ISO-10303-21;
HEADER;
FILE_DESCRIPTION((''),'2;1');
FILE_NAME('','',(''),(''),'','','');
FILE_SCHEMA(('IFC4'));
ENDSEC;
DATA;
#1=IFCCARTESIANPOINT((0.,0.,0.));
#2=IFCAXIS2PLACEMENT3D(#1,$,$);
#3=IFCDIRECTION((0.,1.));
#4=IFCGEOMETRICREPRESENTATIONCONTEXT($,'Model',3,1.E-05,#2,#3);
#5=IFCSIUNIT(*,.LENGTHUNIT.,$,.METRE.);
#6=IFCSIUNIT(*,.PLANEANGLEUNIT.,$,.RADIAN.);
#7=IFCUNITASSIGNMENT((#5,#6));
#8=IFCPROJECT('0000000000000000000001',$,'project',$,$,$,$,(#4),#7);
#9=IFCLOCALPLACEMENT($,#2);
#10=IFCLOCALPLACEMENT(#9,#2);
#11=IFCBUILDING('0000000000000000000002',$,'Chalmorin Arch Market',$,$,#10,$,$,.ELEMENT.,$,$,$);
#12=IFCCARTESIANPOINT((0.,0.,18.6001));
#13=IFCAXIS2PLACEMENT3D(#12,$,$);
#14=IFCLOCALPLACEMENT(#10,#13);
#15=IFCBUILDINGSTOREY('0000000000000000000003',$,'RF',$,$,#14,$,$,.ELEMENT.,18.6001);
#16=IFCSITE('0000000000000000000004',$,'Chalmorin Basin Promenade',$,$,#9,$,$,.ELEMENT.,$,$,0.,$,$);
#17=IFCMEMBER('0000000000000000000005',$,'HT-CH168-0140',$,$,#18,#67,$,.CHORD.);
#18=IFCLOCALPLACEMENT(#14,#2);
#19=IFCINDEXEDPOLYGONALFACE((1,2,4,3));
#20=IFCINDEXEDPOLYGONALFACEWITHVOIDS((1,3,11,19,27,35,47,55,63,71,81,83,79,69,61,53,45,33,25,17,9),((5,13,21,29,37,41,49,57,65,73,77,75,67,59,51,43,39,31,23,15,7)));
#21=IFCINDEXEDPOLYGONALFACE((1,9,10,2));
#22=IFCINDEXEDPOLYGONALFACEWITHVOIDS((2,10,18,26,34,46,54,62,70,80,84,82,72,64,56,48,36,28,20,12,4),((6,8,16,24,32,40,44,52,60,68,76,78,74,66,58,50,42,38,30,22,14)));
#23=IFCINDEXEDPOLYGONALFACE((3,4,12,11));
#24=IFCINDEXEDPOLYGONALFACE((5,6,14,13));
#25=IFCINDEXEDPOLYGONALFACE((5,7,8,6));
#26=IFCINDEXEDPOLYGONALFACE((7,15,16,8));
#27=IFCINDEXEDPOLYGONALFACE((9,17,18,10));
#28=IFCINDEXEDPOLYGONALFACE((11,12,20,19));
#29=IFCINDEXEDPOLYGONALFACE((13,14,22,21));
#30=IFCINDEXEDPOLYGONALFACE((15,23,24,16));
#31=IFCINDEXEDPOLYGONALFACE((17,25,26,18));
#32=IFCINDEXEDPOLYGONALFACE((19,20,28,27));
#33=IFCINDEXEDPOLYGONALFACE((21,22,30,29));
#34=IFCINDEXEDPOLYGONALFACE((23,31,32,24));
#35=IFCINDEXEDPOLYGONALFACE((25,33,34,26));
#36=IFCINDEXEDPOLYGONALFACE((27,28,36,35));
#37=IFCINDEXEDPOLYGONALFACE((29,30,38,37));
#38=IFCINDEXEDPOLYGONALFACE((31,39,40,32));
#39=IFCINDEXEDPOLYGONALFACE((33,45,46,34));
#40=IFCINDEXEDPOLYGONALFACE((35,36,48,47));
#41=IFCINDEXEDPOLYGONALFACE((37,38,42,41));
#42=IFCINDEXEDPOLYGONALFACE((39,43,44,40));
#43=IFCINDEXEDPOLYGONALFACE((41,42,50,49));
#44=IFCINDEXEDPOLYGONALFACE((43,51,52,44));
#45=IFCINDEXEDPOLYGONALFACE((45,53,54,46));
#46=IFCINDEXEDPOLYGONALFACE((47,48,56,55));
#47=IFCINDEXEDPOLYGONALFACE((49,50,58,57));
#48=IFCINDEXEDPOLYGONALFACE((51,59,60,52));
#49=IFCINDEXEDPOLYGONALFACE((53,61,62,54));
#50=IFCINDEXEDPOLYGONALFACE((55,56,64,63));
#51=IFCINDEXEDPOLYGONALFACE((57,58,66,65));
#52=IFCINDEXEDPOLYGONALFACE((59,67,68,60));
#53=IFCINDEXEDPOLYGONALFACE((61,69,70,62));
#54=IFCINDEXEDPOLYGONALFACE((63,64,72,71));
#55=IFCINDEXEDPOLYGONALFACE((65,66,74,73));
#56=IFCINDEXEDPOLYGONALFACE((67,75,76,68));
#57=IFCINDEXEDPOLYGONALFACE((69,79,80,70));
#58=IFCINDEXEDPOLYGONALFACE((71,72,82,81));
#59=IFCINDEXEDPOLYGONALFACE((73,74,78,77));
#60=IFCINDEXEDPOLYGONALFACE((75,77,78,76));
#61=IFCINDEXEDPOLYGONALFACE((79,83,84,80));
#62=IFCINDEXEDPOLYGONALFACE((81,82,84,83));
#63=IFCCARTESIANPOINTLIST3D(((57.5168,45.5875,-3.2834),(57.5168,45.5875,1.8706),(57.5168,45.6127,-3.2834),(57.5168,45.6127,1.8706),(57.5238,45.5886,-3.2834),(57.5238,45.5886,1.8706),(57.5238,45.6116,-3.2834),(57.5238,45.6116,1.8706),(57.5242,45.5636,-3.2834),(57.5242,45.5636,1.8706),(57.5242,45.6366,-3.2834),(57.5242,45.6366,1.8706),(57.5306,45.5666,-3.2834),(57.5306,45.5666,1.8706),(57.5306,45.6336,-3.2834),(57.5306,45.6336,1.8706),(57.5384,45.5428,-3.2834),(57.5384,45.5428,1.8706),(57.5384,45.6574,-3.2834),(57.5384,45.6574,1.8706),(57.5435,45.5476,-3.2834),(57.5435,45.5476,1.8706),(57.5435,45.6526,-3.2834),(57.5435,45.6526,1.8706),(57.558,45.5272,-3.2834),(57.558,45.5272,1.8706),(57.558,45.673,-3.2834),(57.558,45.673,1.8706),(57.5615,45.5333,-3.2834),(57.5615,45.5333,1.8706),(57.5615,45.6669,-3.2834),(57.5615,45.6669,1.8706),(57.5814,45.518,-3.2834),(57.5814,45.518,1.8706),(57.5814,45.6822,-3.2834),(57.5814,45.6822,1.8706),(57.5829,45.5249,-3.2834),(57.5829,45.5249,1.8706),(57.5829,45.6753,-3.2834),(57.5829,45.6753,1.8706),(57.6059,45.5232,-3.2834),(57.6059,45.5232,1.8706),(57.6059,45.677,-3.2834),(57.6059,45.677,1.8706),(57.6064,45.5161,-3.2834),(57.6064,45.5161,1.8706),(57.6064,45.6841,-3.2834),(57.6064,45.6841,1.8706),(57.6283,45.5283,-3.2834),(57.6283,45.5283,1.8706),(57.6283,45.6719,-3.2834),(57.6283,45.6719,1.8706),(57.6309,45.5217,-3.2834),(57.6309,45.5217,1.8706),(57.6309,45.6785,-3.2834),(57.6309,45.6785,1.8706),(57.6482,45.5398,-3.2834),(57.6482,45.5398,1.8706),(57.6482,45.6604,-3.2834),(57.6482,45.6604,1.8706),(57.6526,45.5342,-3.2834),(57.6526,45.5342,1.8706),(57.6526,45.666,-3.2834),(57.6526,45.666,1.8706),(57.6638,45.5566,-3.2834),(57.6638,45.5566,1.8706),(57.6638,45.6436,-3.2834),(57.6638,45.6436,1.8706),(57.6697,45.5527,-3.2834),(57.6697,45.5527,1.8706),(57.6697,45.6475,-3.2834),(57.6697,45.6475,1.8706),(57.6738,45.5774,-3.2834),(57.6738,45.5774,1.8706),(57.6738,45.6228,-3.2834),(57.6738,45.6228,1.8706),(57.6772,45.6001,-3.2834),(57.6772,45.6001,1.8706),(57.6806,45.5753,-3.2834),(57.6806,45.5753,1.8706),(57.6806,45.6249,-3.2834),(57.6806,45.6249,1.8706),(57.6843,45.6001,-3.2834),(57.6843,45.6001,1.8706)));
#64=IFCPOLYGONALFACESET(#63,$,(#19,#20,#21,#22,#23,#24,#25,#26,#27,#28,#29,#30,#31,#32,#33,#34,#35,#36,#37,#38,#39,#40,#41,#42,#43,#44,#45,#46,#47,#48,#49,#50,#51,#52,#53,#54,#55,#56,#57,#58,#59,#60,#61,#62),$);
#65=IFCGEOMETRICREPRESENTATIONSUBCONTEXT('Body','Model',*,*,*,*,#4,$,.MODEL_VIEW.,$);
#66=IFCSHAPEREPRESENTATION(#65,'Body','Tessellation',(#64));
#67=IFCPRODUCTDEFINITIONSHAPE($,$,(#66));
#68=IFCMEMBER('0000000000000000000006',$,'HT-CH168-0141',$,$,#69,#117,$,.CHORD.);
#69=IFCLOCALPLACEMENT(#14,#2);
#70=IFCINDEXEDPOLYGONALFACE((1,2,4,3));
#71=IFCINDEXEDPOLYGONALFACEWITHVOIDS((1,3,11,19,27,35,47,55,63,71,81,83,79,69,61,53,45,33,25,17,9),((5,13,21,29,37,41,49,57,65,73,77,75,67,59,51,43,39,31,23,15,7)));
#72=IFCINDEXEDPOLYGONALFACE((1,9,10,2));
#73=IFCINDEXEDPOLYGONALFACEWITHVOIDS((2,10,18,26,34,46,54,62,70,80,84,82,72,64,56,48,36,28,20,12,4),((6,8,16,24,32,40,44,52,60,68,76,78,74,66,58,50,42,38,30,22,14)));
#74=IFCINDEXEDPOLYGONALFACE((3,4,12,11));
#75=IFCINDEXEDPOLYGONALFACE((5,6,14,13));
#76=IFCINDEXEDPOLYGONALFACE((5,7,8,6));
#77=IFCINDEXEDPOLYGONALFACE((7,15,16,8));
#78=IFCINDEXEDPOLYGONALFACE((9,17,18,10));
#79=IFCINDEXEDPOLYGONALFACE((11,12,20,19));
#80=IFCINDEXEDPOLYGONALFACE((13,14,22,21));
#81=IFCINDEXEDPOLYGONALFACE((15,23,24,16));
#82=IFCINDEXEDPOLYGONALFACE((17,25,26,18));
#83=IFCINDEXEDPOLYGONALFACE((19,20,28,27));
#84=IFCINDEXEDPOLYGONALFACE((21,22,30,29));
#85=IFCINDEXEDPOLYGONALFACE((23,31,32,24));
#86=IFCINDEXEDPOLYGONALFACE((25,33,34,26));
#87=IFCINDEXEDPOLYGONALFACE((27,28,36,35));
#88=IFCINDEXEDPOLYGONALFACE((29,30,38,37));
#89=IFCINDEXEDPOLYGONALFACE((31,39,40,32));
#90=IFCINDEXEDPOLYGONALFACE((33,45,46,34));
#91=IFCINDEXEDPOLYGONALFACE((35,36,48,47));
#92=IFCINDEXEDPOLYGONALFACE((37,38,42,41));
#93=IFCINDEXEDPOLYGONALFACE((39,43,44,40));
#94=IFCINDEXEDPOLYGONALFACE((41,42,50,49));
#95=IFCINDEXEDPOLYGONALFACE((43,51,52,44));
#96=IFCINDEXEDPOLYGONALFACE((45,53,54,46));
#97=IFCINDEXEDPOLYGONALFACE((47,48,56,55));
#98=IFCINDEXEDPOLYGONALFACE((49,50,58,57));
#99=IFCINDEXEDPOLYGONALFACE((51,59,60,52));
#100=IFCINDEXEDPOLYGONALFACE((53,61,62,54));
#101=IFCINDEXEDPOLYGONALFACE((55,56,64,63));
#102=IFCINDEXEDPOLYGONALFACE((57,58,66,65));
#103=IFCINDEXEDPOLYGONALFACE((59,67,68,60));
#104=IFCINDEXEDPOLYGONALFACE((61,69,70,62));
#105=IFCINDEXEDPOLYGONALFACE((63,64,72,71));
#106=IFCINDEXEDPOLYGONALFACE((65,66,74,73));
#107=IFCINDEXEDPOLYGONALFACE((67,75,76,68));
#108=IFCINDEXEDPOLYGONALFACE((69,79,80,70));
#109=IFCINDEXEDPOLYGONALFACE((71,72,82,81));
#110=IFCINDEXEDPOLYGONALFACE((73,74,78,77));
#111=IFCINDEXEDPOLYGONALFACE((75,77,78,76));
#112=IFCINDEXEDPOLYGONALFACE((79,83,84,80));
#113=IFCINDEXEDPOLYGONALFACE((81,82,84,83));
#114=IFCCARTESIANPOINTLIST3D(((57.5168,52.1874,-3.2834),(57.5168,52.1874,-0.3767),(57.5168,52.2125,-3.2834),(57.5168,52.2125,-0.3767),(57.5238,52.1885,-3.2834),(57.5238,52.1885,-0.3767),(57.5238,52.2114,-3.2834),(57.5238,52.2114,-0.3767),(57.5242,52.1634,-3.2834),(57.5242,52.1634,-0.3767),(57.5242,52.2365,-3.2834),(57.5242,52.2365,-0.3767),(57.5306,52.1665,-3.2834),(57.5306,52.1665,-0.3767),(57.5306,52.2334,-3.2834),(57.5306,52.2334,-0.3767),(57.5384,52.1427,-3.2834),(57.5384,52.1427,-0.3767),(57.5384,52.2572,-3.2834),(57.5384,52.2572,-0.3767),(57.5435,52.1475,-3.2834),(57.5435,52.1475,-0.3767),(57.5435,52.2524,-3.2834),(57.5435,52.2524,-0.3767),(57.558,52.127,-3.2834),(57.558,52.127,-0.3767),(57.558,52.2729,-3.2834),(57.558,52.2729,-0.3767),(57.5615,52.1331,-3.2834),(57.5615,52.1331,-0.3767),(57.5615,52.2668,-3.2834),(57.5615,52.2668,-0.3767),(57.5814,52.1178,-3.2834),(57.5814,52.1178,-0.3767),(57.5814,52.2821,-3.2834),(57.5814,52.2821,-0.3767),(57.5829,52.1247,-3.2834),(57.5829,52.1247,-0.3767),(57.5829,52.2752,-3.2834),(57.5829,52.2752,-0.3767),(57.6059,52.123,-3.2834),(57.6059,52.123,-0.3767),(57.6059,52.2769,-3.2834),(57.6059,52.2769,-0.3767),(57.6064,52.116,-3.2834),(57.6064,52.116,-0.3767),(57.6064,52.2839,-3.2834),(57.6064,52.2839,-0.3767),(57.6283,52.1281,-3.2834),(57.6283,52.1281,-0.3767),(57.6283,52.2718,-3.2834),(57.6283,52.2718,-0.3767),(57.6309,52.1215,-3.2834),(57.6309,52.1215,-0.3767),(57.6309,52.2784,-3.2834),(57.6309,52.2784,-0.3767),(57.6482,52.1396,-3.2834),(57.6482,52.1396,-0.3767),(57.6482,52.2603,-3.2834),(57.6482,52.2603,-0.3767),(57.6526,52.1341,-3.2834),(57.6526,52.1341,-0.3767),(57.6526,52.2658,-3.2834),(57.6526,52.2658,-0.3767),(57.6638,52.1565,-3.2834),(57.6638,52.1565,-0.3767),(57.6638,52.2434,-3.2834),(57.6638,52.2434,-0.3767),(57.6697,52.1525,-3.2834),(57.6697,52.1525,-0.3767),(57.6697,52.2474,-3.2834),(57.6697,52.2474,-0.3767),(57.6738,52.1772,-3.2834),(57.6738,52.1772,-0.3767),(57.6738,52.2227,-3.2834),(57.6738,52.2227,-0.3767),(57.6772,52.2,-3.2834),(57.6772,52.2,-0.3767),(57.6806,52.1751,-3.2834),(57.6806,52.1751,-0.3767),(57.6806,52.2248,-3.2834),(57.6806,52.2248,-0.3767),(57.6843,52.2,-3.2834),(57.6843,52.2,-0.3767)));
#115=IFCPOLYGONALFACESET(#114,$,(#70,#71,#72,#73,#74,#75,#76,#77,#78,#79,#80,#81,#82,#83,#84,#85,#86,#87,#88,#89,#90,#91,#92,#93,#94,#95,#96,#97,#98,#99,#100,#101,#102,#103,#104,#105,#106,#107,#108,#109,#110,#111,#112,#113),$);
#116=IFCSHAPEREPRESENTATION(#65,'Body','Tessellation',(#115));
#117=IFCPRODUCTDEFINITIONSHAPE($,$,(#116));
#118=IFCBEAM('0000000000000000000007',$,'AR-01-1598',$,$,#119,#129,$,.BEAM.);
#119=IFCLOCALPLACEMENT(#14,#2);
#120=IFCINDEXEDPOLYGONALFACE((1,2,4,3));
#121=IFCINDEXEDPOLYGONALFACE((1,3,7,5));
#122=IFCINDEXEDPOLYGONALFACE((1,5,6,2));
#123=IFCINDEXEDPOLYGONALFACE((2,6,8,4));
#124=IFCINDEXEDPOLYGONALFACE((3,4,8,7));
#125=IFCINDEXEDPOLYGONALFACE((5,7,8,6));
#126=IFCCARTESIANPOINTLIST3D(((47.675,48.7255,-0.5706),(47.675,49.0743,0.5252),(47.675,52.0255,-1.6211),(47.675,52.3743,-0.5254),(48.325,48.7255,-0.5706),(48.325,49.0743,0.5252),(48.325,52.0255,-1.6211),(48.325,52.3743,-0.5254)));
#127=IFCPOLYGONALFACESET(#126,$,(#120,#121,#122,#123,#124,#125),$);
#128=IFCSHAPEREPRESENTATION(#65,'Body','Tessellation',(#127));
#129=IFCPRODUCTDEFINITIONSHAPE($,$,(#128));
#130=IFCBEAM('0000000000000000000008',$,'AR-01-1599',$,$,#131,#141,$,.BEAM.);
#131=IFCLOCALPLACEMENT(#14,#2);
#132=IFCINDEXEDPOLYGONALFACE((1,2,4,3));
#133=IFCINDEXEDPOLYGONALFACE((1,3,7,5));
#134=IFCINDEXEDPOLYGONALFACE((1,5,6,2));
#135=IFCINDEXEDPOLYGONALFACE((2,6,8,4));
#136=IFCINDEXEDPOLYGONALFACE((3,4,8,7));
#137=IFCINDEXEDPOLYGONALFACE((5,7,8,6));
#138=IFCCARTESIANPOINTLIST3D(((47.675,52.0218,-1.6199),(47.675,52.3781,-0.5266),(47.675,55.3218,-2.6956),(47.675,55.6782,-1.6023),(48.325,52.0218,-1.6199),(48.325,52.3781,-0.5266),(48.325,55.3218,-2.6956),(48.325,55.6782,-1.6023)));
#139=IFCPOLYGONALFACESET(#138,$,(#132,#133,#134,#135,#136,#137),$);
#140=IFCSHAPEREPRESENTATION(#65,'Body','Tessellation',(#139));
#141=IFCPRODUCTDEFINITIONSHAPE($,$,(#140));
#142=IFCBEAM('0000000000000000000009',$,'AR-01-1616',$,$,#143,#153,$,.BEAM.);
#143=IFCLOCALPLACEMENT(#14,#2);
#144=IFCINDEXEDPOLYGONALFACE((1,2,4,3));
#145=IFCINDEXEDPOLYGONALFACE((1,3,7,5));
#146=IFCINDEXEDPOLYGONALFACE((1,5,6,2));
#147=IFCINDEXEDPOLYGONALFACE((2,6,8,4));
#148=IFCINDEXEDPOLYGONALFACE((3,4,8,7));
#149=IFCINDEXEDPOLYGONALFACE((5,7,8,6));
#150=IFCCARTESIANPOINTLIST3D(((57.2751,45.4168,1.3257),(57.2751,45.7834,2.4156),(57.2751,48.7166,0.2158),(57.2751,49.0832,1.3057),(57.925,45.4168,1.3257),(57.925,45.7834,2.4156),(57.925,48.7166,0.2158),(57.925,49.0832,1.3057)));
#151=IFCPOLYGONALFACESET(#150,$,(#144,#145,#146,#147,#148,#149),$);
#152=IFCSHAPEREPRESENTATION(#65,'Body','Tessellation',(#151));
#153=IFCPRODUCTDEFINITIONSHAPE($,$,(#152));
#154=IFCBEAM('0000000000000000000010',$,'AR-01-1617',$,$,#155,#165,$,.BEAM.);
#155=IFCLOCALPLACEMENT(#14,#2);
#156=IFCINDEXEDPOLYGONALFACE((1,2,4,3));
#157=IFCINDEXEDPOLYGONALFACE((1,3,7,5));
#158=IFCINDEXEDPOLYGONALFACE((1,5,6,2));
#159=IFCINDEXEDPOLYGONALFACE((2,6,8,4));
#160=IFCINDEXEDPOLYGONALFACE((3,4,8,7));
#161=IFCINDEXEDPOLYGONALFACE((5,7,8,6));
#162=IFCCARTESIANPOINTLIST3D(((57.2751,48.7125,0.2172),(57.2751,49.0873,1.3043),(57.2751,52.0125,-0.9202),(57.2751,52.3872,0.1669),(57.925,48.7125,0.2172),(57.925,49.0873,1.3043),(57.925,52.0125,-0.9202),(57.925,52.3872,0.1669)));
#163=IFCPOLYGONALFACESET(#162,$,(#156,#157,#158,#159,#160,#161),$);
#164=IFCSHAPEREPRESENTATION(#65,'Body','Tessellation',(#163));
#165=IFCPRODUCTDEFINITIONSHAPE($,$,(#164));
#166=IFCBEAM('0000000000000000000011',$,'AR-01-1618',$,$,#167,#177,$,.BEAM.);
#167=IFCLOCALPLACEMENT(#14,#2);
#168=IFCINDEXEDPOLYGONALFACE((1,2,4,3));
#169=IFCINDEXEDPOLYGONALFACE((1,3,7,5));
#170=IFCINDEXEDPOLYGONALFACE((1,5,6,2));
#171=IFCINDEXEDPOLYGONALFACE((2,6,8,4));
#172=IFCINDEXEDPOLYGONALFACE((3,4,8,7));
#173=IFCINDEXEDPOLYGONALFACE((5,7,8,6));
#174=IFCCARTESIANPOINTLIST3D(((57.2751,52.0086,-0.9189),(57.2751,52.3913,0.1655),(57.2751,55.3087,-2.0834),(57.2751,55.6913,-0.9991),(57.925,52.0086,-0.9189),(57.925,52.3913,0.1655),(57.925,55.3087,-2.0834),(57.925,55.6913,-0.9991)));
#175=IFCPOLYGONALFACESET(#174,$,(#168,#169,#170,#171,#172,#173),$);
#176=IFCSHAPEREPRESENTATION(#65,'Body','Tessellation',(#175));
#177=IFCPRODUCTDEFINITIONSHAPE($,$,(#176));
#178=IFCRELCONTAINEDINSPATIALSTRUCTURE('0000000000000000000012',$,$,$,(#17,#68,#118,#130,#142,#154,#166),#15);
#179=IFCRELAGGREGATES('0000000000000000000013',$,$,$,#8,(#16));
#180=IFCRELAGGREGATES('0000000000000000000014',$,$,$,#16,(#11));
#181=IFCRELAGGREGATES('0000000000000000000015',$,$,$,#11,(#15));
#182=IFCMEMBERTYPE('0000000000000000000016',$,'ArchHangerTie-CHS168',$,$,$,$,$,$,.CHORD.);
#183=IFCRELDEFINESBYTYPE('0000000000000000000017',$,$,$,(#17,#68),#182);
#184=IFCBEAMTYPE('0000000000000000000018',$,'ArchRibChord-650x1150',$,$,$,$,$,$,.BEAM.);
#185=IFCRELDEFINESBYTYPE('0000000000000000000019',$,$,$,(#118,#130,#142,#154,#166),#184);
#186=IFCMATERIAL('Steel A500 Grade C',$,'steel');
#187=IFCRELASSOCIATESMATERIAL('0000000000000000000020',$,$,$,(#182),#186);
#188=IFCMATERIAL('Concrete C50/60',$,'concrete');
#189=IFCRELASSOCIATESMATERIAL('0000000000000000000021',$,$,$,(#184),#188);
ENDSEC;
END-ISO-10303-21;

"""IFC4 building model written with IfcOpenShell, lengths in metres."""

from ifc_helpers import new_model, si_unit, direction, frame, origin, origin_2d, place, context, subcontext, project, spatial, rectangle, hollow_circle, extrude, material, material_profile, profile_set, type_object, element, save


model = new_model("IFC4")

# Units and contexts
model_context = context("Model", 3, precision=1e-05, world=origin(), true_north=direction((0.0, 1.0)))
body_context = subcontext(model_context, "Body", "Model", "MODEL_VIEW")
ifc_project = project(units=[si_unit("LENGTHUNIT", "METRE"), si_unit("PLANEANGLEUNIT", "RADIAN")], contexts=[model_context])

# Site, building, storey
site_placement = place(None, origin())
site = spatial("IfcSite", under=ifc_project, at=site_placement, Name="Chalmorin Basin Promenade", CompositionType="ELEMENT", RefElevation=0.0)
building_placement = place(site_placement, origin())
building = spatial("IfcBuilding", under=site, at=building_placement, Name="Chalmorin Arch Market", CompositionType="ELEMENT")
storey_placement = place(building_placement, frame((0.0, 0.0, 18.6001)))
storey = spatial("IfcBuildingStorey", under=building, at=storey_placement, Name="RF", CompositionType="ELEMENT", Elevation=18.6001)

# Members
ifc_material_1 = material(Name="Steel A500 Grade C", Category="steel")
ifc_material_profile_1 = material_profile(ifc_material_1, hollow_circle(Radius=0.0842, WallThickness=0.0071, at=origin_2d()), Name="CHS168X7")
ifc_profile_set_1 = profile_set([ifc_material_profile_1], Name="Steel A500 Grade C")
member_type_1 = type_object("IfcMemberType", Name="ArchHangerTie-CHS168", PredefinedType="CHORD", material=ifc_profile_set_1)
member_1_placement = place(storey_placement, frame((57.6001, 45.6001, -3.2834), z_axis=(0.0, 0.0, 1.0), x_axis=(1.0, 0.0, 0.0)))
element("IfcMember", 1, at=member_1_placement, inside=storey, type_object=member_type_1, Name="HT-CH168-0140", PredefinedType="CHORD", context=body_context, shape_type="SweptSolid", body=[
    extrude(hollow_circle(Radius=0.0842, WallThickness=0.0071, at=origin_2d()), origin(), (0.0, 0.0, 1.0), 5.1541),
])
member_2_placement = place(storey_placement, frame((57.6001, 52.2, -3.2834), z_axis=(0.0, 0.0, 1.0), x_axis=(1.0, 0.0, 0.0)))
element("IfcMember", 2, at=member_2_placement, inside=storey, type_object=member_type_1, Name="HT-CH168-0141", PredefinedType="CHORD", context=body_context, shape_type="SweptSolid", body=[
    extrude(hollow_circle(Radius=0.0842, WallThickness=0.0071, at=origin_2d()), origin(), (0.0, 0.0, 1.0), 2.9067),
])

# Beams
ifc_material_2 = material(Name="Concrete C50/60", Category="concrete")
ifc_material_profile_2 = material_profile(ifc_material_2, rectangle(XDim=0.6499, YDim=1.1499, at=origin_2d()), Name="RC650X1150")
ifc_profile_set_2 = profile_set([ifc_material_profile_2], Name="Concrete C50/60")
beam_type = type_object("IfcBeamType", Name="ArchRibChord-650x1150", PredefinedType="BEAM", material=ifc_profile_set_2)
beam_1_placement = place(storey_placement, frame((48.0, 48.8999, -0.0227), z_axis=(0.0, 0.952882, -0.30334), x_axis=(-1.0, 0.0, 0.0)))
element("IfcBeam", 3, at=beam_1_placement, inside=storey, type_object=beam_type, Name="AR-01-1598", PredefinedType="BEAM", context=body_context, shape_type="SweptSolid", body=[
    extrude(rectangle(XDim=0.6499, YDim=1.1499, at=origin_2d()), origin(), (0.0, 0.0, 1.0), 3.4631),
])
beam_2_placement = place(storey_placement, frame((48.0, 52.2, -1.0732), z_axis=(0.0, 0.950765, -0.309911), x_axis=(-1.0, 0.0, 0.0)))
element("IfcBeam", 4, at=beam_2_placement, inside=storey, type_object=beam_type, Name="AR-01-1599", PredefinedType="BEAM", context=body_context, shape_type="SweptSolid", body=[
    extrude(rectangle(XDim=0.6499, YDim=1.1499, at=origin_2d()), origin(), (0.0, 0.0, 1.0), 3.4709),
])
beam_3_placement = place(storey_placement, frame((57.6001, 45.6001, 1.8706), z_axis=(0.0, 0.947824, -0.318793), x_axis=(-1.0, 0.0, 0.0)))
element("IfcBeam", 5, at=beam_3_placement, inside=storey, type_object=beam_type, Name="AR-01-1616", PredefinedType="BEAM", context=body_context, shape_type="SweptSolid", body=[
    extrude(rectangle(XDim=0.6499, YDim=1.1499, at=origin_2d()), origin(), (0.0, 0.0, 1.0), 3.4814),
])
beam_4_placement = place(storey_placement, frame((57.6001, 48.8999, 0.7607), z_axis=(0.0, 0.945417, -0.325864), x_axis=(-1.0, 0.0, 0.0)))
element("IfcBeam", 6, at=beam_4_placement, inside=storey, type_object=beam_type, Name="AR-01-1617", PredefinedType="BEAM", context=body_context, shape_type="SweptSolid", body=[
    extrude(rectangle(XDim=0.6499, YDim=1.1499, at=origin_2d()), origin(), (0.0, 0.0, 1.0), 3.4905),
])
beam_5_placement = place(storey_placement, frame((57.6001, 52.2, -0.3767), z_axis=(0.0, 0.943006, -0.332776), x_axis=(-1.0, 0.0, 0.0)))
element("IfcBeam", 7, at=beam_5_placement, inside=storey, type_object=beam_type, Name="AR-01-1618", PredefinedType="BEAM", context=body_context, shape_type="SweptSolid", body=[
    extrude(rectangle(XDim=0.6499, YDim=1.1499, at=origin_2d()), origin(), (0.0, 0.0, 1.0), 3.4995),
])

save(model, "model.ifc")
